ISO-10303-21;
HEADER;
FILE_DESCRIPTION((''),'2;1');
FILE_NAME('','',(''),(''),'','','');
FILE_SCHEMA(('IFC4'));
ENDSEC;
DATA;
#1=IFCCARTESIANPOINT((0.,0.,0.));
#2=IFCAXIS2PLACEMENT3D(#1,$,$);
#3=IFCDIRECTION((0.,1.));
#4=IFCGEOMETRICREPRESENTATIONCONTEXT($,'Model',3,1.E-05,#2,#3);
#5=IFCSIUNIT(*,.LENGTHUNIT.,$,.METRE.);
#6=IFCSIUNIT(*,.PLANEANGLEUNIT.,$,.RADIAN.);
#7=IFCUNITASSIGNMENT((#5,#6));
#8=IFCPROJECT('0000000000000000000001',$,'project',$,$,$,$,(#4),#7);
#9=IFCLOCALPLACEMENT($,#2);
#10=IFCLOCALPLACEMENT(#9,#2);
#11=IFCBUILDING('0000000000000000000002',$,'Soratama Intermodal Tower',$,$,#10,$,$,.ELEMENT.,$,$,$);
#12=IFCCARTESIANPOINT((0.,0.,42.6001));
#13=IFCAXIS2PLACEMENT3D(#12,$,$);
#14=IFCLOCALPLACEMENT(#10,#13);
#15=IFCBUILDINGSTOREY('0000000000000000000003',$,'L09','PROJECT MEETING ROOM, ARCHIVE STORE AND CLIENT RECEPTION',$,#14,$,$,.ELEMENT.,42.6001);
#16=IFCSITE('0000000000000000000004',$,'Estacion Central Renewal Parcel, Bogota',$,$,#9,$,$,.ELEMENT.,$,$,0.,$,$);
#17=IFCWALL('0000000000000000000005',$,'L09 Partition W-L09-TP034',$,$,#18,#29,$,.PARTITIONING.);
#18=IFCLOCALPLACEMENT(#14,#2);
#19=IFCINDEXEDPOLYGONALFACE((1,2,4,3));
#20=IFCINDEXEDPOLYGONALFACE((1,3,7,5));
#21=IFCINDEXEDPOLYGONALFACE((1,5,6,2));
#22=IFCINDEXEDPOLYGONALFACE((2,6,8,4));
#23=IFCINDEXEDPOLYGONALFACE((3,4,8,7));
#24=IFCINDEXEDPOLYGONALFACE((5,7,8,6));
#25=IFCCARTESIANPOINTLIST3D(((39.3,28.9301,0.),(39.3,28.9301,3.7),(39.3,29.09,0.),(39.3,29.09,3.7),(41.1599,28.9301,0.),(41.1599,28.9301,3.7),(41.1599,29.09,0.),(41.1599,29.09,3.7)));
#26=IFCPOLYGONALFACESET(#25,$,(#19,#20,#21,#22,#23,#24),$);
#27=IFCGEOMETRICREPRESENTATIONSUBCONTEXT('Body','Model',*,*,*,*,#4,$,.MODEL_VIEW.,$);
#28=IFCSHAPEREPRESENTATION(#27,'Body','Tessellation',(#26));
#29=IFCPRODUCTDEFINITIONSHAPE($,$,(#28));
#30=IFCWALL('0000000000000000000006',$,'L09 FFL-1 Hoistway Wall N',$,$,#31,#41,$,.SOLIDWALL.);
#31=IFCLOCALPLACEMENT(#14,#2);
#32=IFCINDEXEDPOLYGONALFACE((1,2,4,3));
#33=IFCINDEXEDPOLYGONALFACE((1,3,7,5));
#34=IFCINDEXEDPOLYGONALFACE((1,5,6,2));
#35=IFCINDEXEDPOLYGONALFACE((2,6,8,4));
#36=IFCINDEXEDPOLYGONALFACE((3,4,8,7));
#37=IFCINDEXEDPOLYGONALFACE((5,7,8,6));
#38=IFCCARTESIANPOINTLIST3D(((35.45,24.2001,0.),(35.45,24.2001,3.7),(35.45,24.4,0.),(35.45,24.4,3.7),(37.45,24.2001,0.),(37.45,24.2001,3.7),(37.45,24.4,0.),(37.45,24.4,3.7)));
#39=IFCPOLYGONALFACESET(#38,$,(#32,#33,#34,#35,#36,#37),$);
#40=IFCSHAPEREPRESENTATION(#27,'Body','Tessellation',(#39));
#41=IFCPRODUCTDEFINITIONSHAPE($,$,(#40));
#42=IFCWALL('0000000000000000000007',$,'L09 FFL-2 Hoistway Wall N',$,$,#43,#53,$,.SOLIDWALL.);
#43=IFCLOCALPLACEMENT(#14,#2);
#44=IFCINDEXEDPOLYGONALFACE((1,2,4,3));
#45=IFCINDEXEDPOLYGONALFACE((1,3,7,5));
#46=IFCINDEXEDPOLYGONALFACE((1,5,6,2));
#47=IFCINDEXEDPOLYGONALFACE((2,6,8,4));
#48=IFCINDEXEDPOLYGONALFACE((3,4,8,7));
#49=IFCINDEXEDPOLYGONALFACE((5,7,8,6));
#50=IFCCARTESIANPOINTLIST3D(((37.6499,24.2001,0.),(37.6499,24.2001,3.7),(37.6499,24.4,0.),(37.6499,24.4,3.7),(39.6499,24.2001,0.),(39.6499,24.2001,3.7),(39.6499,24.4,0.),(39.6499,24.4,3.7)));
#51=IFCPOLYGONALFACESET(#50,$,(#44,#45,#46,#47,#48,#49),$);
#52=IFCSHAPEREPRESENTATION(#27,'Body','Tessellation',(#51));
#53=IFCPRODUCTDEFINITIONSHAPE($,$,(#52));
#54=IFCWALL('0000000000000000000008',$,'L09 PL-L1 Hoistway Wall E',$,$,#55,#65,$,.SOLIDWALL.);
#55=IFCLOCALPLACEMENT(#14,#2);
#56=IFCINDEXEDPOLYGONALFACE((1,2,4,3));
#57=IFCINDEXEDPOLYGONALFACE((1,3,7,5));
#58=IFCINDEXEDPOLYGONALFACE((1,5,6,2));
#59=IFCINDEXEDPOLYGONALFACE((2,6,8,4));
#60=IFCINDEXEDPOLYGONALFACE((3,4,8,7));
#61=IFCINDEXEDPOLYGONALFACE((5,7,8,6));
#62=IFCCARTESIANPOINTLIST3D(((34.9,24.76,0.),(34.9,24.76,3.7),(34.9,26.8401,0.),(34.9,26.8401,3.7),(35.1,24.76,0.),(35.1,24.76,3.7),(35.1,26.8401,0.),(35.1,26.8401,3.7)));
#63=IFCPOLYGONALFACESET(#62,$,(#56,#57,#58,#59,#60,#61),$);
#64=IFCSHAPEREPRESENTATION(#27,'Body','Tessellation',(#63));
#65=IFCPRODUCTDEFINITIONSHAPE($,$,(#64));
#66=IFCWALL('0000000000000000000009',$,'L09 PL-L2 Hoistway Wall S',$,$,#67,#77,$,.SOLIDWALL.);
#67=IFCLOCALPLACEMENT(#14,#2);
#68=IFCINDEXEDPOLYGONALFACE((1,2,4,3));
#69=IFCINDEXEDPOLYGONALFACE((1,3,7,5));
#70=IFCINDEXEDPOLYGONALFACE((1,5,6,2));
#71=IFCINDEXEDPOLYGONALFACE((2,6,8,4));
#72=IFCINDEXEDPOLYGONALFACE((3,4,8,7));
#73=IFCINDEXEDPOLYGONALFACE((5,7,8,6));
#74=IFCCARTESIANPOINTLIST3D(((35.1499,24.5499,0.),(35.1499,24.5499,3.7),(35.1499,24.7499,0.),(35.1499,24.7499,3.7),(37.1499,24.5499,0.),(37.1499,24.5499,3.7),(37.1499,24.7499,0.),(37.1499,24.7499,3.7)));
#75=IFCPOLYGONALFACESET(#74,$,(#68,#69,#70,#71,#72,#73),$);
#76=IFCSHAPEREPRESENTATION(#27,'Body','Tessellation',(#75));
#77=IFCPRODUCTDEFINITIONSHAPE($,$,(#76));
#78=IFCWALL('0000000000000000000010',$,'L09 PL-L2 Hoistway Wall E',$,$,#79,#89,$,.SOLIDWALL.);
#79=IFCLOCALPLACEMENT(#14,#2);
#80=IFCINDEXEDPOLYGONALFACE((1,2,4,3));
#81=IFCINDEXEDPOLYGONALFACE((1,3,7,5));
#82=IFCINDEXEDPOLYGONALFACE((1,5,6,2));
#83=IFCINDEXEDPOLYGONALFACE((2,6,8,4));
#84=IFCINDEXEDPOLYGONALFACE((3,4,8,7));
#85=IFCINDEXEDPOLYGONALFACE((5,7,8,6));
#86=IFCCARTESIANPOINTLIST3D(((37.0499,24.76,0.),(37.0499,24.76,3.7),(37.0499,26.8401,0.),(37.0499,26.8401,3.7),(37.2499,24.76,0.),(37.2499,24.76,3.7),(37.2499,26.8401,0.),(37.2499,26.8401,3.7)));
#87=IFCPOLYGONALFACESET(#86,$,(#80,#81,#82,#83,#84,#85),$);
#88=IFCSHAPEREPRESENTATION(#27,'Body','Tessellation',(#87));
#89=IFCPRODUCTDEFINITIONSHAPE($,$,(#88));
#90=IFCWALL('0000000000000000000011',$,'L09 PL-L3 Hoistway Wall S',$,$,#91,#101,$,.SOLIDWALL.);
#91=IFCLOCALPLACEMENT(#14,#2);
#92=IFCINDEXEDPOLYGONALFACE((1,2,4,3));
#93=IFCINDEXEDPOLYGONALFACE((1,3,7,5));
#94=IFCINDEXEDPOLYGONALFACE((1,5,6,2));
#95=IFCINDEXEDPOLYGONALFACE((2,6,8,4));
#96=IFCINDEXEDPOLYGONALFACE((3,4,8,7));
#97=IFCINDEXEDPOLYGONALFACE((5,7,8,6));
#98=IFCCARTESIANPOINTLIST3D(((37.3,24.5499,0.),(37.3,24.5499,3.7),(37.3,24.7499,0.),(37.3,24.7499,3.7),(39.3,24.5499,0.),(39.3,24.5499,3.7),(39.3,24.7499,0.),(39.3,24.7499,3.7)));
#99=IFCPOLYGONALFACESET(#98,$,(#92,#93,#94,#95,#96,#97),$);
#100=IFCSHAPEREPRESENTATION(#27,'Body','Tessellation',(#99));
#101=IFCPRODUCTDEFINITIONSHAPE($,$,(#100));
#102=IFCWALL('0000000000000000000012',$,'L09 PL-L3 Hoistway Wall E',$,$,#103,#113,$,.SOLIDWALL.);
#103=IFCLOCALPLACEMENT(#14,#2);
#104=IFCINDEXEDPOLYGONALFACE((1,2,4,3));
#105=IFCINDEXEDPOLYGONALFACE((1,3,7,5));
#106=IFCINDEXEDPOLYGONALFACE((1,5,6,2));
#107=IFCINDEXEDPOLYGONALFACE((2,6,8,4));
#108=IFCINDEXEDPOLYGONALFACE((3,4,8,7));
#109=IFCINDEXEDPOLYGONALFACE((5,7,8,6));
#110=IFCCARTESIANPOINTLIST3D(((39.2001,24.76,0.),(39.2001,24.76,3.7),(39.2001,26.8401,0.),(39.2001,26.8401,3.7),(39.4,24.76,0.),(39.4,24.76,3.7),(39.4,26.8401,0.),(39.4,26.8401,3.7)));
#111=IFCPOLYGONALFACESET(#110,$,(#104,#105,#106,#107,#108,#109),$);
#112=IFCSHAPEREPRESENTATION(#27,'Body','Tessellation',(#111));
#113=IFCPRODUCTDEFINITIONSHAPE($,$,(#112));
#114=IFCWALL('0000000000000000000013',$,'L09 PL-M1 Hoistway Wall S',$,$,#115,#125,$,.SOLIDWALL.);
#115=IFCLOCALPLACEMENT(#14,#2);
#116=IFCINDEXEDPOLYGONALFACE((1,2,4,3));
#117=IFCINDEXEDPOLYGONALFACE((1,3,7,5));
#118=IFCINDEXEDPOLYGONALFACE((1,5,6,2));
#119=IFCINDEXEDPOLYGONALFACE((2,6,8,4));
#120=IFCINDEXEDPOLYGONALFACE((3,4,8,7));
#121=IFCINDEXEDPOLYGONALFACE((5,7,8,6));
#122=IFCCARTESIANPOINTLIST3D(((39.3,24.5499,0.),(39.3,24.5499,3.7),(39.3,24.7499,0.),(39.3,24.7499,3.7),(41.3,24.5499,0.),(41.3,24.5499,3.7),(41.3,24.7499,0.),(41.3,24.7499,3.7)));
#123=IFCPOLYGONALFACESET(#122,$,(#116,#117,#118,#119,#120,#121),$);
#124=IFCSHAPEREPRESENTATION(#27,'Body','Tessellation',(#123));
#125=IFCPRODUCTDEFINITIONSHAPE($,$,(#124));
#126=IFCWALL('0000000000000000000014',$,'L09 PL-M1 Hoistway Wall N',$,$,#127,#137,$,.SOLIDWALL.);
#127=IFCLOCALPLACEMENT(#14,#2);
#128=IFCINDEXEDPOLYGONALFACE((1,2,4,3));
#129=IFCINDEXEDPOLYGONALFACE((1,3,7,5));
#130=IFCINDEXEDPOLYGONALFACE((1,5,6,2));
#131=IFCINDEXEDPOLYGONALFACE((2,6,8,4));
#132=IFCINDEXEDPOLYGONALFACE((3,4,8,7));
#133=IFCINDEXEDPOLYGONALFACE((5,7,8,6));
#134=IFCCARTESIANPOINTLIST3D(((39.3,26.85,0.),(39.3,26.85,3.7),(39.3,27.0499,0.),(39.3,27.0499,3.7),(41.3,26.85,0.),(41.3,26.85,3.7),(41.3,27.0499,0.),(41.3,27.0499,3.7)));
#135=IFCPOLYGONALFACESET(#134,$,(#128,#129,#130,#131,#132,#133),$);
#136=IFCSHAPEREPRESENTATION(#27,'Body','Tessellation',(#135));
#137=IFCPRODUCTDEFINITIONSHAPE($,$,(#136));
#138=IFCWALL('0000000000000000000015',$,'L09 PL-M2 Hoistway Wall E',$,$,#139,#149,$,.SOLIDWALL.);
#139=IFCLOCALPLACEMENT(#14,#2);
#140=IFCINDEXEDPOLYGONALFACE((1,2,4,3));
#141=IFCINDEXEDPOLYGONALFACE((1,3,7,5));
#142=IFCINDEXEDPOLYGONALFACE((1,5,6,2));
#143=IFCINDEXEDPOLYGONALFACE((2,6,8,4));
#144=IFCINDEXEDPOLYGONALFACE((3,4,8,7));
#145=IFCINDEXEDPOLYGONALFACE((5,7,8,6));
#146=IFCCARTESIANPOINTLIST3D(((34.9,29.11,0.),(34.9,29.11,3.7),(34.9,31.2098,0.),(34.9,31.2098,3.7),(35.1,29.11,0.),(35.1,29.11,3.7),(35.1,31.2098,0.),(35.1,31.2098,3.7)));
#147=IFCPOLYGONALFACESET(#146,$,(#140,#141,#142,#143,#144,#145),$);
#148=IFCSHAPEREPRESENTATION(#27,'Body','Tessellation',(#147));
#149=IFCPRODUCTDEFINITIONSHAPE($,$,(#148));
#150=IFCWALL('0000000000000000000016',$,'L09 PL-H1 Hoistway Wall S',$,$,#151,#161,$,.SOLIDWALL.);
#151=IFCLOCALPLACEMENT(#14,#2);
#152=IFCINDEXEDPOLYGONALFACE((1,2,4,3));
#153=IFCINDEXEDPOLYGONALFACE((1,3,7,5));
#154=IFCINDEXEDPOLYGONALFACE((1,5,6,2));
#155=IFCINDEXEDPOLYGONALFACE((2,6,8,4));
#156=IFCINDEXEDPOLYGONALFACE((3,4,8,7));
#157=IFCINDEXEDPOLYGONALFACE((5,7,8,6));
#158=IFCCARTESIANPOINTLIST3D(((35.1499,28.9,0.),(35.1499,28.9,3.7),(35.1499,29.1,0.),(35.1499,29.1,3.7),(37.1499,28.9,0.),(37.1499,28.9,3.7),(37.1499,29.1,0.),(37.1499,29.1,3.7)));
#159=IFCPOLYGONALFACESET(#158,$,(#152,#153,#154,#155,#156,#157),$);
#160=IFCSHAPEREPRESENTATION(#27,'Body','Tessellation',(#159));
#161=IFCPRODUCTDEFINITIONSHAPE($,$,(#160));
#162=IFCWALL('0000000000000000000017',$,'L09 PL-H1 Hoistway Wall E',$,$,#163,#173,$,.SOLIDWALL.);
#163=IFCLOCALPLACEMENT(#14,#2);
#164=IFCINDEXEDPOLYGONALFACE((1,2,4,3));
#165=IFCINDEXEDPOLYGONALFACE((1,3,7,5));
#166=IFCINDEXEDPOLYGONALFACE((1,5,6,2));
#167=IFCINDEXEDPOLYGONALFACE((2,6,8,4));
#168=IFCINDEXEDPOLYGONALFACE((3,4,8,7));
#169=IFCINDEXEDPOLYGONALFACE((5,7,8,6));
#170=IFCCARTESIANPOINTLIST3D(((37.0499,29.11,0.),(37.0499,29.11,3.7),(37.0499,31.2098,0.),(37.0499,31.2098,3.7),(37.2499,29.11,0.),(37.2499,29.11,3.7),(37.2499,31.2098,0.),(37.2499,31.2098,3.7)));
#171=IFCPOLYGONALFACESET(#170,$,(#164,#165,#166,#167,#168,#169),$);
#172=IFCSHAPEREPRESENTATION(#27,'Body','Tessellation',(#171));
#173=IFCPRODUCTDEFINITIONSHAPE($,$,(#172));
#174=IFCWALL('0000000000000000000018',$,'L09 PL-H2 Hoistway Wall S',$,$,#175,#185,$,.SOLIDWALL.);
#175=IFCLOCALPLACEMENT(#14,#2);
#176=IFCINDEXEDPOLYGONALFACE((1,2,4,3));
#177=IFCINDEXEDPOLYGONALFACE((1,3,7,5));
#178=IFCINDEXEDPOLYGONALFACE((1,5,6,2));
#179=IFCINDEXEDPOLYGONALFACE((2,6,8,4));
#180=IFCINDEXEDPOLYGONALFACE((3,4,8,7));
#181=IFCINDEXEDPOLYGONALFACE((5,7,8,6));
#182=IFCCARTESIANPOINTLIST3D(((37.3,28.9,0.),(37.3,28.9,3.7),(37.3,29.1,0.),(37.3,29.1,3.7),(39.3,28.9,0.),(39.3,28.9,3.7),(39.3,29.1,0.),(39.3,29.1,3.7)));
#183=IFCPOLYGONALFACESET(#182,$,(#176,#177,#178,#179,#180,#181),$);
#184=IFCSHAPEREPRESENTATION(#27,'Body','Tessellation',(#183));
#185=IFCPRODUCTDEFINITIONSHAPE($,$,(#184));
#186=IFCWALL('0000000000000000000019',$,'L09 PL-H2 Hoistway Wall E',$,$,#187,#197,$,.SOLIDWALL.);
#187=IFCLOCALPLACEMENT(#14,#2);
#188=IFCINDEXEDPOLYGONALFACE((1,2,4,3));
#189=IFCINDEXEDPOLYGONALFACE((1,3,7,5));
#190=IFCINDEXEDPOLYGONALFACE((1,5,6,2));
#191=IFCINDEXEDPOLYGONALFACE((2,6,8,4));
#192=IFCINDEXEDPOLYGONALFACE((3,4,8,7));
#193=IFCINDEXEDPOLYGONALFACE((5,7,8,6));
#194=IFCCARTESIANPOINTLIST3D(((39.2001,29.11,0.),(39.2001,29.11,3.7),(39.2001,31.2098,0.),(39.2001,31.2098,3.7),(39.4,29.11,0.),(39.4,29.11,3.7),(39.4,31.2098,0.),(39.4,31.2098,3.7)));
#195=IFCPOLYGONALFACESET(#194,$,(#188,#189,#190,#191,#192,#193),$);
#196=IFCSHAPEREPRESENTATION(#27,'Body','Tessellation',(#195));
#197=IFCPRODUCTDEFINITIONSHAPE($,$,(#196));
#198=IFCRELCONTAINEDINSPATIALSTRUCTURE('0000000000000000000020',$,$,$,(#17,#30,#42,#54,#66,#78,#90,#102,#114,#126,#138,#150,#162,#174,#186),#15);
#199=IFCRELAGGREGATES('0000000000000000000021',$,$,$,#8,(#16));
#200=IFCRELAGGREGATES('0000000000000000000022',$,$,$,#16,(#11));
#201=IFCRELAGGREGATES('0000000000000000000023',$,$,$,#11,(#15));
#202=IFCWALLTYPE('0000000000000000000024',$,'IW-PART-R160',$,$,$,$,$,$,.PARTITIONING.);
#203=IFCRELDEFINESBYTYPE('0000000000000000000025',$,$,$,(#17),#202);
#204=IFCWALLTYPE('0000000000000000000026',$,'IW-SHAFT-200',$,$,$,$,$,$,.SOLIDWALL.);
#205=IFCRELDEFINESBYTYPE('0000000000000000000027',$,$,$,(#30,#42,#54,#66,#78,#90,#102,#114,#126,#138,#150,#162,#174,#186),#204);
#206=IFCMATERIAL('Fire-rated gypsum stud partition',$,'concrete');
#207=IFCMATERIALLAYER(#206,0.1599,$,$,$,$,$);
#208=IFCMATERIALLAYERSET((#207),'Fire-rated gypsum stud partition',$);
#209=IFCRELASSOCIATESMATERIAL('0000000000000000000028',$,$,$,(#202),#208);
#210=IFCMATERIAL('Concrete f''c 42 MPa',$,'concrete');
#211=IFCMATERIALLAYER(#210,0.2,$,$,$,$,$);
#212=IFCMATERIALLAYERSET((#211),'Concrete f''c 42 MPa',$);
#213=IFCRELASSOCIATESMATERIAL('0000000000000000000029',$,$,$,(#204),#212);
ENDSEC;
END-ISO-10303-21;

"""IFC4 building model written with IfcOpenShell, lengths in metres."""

from ifc_helpers import new_model, si_unit, direction, frame, frame_2d, origin, place, context, subcontext, project, spatial, rectangle, extrude, material, layer, layer_set, type_object, element, save


model = new_model("IFC4")

# Units and contexts
model_context = context("Model", 3, precision=1e-05, world=origin(), true_north=direction((0.0, 1.0)))
body_context = subcontext(model_context, "Body", "Model", "MODEL_VIEW")
ifc_project = project(units=[si_unit("LENGTHUNIT", "METRE"), si_unit("PLANEANGLEUNIT", "RADIAN")], contexts=[model_context])

# Site, building, storey
site_placement = place(None, origin())
site = spatial("IfcSite", under=ifc_project, at=site_placement, Name="Estacion Central Renewal Parcel, Bogota", CompositionType="ELEMENT", RefElevation=0.0)
building_placement = place(site_placement, origin())
building = spatial("IfcBuilding", under=site, at=building_placement, Name="Soratama Intermodal Tower", CompositionType="ELEMENT")
storey_placement = place(building_placement, frame((0.0, 0.0, 42.6001)))
storey = spatial("IfcBuildingStorey", under=building, at=storey_placement, Name="L09", Description="PROJECT MEETING ROOM, ARCHIVE STORE AND CLIENT RECEPTION", CompositionType="ELEMENT", Elevation=42.6001)

# Walls
ifc_material_1 = material(Name="Fire-rated gypsum stud partition", Category="concrete")
ifc_layer_1 = layer(ifc_material_1, 0.1599)
ifc_layer_set_1 = layer_set([ifc_layer_1], Name="Fire-rated gypsum stud partition")
wall_type_1 = type_object("IfcWallType", Name="IW-PART-R160", PredefinedType="PARTITIONING", material=ifc_layer_set_1)
wall_1_placement = place(storey_placement, frame((39.3, 29.01, 0.0), z_axis=(0.0, 0.0, 1.0), x_axis=(1.0, 0.0, 0.0)))
element("IfcWall", 1, at=wall_1_placement, inside=storey, type_object=wall_type_1, Name="L09 Partition W-L09-TP034", PredefinedType="PARTITIONING", context=body_context, shape_type="SweptSolid", body=[
    extrude(rectangle(XDim=1.8599, YDim=0.1599, at=frame_2d((0.9299, 0.0))), origin(), (0.0, 0.0, 1.0), 3.7),
])
ifc_material_2 = material(Name="Concrete f'c 42 MPa", Category="concrete")
ifc_layer_2 = layer(ifc_material_2, 0.2)
ifc_layer_set_2 = layer_set([ifc_layer_2], Name="Concrete f'c 42 MPa")
wall_type_2 = type_object("IfcWallType", Name="IW-SHAFT-200", PredefinedType="SOLIDWALL", material=ifc_layer_set_2)
for number, where, z_axis, x_axis, name in (
    (2, (35.45, 24.3, 0.0), (0.0, 0.0, 1.0), (1.0, 0.0, 0.0), "L09 FFL-1 Hoistway Wall N"),
    (3, (37.6499, 24.3, 0.0), (0.0, 0.0, 1.0), (1.0, 0.0, 0.0), "L09 FFL-2 Hoistway Wall N"),
):
    element("IfcWall", number, at=place(storey_placement, frame(where, z_axis=z_axis, x_axis=x_axis)), inside=storey, type_object=wall_type_2, Name=name, PredefinedType="SOLIDWALL", context=body_context, shape_type="SweptSolid", body=[
        extrude(rectangle(XDim=2.0, YDim=0.2, at=frame_2d((1.0, 0.0))), origin(), (0.0, 0.0, 1.0), 3.7),
    ])
wall_2_placement = place(storey_placement, frame((35.0, 24.76, 0.0), z_axis=(0.0, 0.0, 1.0), x_axis=(0.0, 1.0, 0.0)))
element("IfcWall", 4, at=wall_2_placement, inside=storey, type_object=wall_type_2, Name="L09 PL-L1 Hoistway Wall E", PredefinedType="SOLIDWALL", context=body_context, shape_type="SweptSolid", body=[
    extrude(rectangle(XDim=2.0801, YDim=0.2, at=frame_2d((1.04, 0.0))), origin(), (0.0, 0.0, 1.0), 3.7),
])
wall_3_placement = place(storey_placement, frame((35.1499, 24.6499, 0.0), z_axis=(0.0, 0.0, 1.0), x_axis=(1.0, 0.0, 0.0)))
element("IfcWall", 5, at=wall_3_placement, inside=storey, type_object=wall_type_2, Name="L09 PL-L2 Hoistway Wall S", PredefinedType="SOLIDWALL", context=body_context, shape_type="SweptSolid", body=[
    extrude(rectangle(XDim=2.0, YDim=0.2, at=frame_2d((1.0, 0.0))), origin(), (0.0, 0.0, 1.0), 3.7),
])

# Walls
wall_4_placement = place(storey_placement, frame((37.1499, 24.76, 0.0), z_axis=(0.0, 0.0, 1.0), x_axis=(0.0, 1.0, 0.0)))
element("IfcWall", 6, at=wall_4_placement, inside=storey, type_object=wall_type_2, Name="L09 PL-L2 Hoistway Wall E", PredefinedType="SOLIDWALL", context=body_context, shape_type="SweptSolid", body=[
    extrude(rectangle(XDim=2.0801, YDim=0.2, at=frame_2d((1.04, 0.0))), origin(), (0.0, 0.0, 1.0), 3.7),
])
wall_5_placement = place(storey_placement, frame((37.3, 24.6499, 0.0), z_axis=(0.0, 0.0, 1.0), x_axis=(1.0, 0.0, 0.0)))
element("IfcWall", 7, at=wall_5_placement, inside=storey, type_object=wall_type_2, Name="L09 PL-L3 Hoistway Wall S", PredefinedType="SOLIDWALL", context=body_context, shape_type="SweptSolid", body=[
    extrude(rectangle(XDim=2.0, YDim=0.2, at=frame_2d((1.0, 0.0))), origin(), (0.0, 0.0, 1.0), 3.7),
])

# Walls
wall_6_placement = place(storey_placement, frame((39.3, 24.76, 0.0), z_axis=(0.0, 0.0, 1.0), x_axis=(0.0, 1.0, 0.0)))
element("IfcWall", 8, at=wall_6_placement, inside=storey, type_object=wall_type_2, Name="L09 PL-L3 Hoistway Wall E", PredefinedType="SOLIDWALL", context=body_context, shape_type="SweptSolid", body=[
    extrude(rectangle(XDim=2.0801, YDim=0.2, at=frame_2d((1.04, 0.0))), origin(), (0.0, 0.0, 1.0), 3.7),
])
for number, where, z_axis, x_axis, name in (
    (9, (39.3, 24.6499, 0.0), (0.0, 0.0, 1.0), (1.0, 0.0, 0.0), "L09 PL-M1 Hoistway Wall S"),
    (10, (39.3, 26.95, 0.0), (0.0, 0.0, 1.0), (1.0, 0.0, 0.0), "L09 PL-M1 Hoistway Wall N"),
):
    element("IfcWall", number, at=place(storey_placement, frame(where, z_axis=z_axis, x_axis=x_axis)), inside=storey, type_object=wall_type_2, Name=name, PredefinedType="SOLIDWALL", context=body_context, shape_type="SweptSolid", body=[
        extrude(rectangle(XDim=2.0, YDim=0.2, at=frame_2d((1.0, 0.0))), origin(), (0.0, 0.0, 1.0), 3.7),
    ])
wall_7_placement = place(storey_placement, frame((35.0, 29.1101, 0.0), z_axis=(0.0, 0.0, 1.0), x_axis=(0.0, 1.0, 0.0)))
element("IfcWall", 11, at=wall_7_placement, inside=storey, type_object=wall_type_2, Name="L09 PL-M2 Hoistway Wall E", PredefinedType="SOLIDWALL", context=body_context, shape_type="SweptSolid", body=[
    extrude(rectangle(XDim=2.0999, YDim=0.2, at=frame_2d((1.0498, 0.0))), origin(), (0.0, 0.0, 1.0), 3.7),
])
wall_8_placement = place(storey_placement, frame((35.1499, 29.0, 0.0), z_axis=(0.0, 0.0, 1.0), x_axis=(1.0, 0.0, 0.0)))
element("IfcWall", 12, at=wall_8_placement, inside=storey, type_object=wall_type_2, Name="L09 PL-H1 Hoistway Wall S", PredefinedType="SOLIDWALL", context=body_context, shape_type="SweptSolid", body=[
    extrude(rectangle(XDim=2.0, YDim=0.2, at=frame_2d((1.0, 0.0))), origin(), (0.0, 0.0, 1.0), 3.7),
])
wall_9_placement = place(storey_placement, frame((37.1499, 29.1101, 0.0), z_axis=(0.0, 0.0, 1.0), x_axis=(0.0, 1.0, 0.0)))
element("IfcWall", 13, at=wall_9_placement, inside=storey, type_object=wall_type_2, Name="L09 PL-H1 Hoistway Wall E", PredefinedType="SOLIDWALL", context=body_context, shape_type="SweptSolid", body=[
    extrude(rectangle(XDim=2.0999, YDim=0.2, at=frame_2d((1.0498, 0.0))), origin(), (0.0, 0.0, 1.0), 3.7),
])
wall_10_placement = place(storey_placement, frame((37.3, 29.0, 0.0), z_axis=(0.0, 0.0, 1.0), x_axis=(1.0, 0.0, 0.0)))
element("IfcWall", 14, at=wall_10_placement, inside=storey, type_object=wall_type_2, Name="L09 PL-H2 Hoistway Wall S", PredefinedType="SOLIDWALL", context=body_context, shape_type="SweptSolid", body=[
    extrude(rectangle(XDim=2.0, YDim=0.2, at=frame_2d((1.0, 0.0))), origin(), (0.0, 0.0, 1.0), 3.7),
])
wall_11_placement = place(storey_placement, frame((39.3, 29.1101, 0.0), z_axis=(0.0, 0.0, 1.0), x_axis=(0.0, 1.0, 0.0)))
element("IfcWall", 15, at=wall_11_placement, inside=storey, type_object=wall_type_2, Name="L09 PL-H2 Hoistway Wall E", PredefinedType="SOLIDWALL", context=body_context, shape_type="SweptSolid", body=[
    extrude(rectangle(XDim=2.0999, YDim=0.2, at=frame_2d((1.0498, 0.0))), origin(), (0.0, 0.0, 1.0), 3.7),
])

save(model, "model.ifc")
